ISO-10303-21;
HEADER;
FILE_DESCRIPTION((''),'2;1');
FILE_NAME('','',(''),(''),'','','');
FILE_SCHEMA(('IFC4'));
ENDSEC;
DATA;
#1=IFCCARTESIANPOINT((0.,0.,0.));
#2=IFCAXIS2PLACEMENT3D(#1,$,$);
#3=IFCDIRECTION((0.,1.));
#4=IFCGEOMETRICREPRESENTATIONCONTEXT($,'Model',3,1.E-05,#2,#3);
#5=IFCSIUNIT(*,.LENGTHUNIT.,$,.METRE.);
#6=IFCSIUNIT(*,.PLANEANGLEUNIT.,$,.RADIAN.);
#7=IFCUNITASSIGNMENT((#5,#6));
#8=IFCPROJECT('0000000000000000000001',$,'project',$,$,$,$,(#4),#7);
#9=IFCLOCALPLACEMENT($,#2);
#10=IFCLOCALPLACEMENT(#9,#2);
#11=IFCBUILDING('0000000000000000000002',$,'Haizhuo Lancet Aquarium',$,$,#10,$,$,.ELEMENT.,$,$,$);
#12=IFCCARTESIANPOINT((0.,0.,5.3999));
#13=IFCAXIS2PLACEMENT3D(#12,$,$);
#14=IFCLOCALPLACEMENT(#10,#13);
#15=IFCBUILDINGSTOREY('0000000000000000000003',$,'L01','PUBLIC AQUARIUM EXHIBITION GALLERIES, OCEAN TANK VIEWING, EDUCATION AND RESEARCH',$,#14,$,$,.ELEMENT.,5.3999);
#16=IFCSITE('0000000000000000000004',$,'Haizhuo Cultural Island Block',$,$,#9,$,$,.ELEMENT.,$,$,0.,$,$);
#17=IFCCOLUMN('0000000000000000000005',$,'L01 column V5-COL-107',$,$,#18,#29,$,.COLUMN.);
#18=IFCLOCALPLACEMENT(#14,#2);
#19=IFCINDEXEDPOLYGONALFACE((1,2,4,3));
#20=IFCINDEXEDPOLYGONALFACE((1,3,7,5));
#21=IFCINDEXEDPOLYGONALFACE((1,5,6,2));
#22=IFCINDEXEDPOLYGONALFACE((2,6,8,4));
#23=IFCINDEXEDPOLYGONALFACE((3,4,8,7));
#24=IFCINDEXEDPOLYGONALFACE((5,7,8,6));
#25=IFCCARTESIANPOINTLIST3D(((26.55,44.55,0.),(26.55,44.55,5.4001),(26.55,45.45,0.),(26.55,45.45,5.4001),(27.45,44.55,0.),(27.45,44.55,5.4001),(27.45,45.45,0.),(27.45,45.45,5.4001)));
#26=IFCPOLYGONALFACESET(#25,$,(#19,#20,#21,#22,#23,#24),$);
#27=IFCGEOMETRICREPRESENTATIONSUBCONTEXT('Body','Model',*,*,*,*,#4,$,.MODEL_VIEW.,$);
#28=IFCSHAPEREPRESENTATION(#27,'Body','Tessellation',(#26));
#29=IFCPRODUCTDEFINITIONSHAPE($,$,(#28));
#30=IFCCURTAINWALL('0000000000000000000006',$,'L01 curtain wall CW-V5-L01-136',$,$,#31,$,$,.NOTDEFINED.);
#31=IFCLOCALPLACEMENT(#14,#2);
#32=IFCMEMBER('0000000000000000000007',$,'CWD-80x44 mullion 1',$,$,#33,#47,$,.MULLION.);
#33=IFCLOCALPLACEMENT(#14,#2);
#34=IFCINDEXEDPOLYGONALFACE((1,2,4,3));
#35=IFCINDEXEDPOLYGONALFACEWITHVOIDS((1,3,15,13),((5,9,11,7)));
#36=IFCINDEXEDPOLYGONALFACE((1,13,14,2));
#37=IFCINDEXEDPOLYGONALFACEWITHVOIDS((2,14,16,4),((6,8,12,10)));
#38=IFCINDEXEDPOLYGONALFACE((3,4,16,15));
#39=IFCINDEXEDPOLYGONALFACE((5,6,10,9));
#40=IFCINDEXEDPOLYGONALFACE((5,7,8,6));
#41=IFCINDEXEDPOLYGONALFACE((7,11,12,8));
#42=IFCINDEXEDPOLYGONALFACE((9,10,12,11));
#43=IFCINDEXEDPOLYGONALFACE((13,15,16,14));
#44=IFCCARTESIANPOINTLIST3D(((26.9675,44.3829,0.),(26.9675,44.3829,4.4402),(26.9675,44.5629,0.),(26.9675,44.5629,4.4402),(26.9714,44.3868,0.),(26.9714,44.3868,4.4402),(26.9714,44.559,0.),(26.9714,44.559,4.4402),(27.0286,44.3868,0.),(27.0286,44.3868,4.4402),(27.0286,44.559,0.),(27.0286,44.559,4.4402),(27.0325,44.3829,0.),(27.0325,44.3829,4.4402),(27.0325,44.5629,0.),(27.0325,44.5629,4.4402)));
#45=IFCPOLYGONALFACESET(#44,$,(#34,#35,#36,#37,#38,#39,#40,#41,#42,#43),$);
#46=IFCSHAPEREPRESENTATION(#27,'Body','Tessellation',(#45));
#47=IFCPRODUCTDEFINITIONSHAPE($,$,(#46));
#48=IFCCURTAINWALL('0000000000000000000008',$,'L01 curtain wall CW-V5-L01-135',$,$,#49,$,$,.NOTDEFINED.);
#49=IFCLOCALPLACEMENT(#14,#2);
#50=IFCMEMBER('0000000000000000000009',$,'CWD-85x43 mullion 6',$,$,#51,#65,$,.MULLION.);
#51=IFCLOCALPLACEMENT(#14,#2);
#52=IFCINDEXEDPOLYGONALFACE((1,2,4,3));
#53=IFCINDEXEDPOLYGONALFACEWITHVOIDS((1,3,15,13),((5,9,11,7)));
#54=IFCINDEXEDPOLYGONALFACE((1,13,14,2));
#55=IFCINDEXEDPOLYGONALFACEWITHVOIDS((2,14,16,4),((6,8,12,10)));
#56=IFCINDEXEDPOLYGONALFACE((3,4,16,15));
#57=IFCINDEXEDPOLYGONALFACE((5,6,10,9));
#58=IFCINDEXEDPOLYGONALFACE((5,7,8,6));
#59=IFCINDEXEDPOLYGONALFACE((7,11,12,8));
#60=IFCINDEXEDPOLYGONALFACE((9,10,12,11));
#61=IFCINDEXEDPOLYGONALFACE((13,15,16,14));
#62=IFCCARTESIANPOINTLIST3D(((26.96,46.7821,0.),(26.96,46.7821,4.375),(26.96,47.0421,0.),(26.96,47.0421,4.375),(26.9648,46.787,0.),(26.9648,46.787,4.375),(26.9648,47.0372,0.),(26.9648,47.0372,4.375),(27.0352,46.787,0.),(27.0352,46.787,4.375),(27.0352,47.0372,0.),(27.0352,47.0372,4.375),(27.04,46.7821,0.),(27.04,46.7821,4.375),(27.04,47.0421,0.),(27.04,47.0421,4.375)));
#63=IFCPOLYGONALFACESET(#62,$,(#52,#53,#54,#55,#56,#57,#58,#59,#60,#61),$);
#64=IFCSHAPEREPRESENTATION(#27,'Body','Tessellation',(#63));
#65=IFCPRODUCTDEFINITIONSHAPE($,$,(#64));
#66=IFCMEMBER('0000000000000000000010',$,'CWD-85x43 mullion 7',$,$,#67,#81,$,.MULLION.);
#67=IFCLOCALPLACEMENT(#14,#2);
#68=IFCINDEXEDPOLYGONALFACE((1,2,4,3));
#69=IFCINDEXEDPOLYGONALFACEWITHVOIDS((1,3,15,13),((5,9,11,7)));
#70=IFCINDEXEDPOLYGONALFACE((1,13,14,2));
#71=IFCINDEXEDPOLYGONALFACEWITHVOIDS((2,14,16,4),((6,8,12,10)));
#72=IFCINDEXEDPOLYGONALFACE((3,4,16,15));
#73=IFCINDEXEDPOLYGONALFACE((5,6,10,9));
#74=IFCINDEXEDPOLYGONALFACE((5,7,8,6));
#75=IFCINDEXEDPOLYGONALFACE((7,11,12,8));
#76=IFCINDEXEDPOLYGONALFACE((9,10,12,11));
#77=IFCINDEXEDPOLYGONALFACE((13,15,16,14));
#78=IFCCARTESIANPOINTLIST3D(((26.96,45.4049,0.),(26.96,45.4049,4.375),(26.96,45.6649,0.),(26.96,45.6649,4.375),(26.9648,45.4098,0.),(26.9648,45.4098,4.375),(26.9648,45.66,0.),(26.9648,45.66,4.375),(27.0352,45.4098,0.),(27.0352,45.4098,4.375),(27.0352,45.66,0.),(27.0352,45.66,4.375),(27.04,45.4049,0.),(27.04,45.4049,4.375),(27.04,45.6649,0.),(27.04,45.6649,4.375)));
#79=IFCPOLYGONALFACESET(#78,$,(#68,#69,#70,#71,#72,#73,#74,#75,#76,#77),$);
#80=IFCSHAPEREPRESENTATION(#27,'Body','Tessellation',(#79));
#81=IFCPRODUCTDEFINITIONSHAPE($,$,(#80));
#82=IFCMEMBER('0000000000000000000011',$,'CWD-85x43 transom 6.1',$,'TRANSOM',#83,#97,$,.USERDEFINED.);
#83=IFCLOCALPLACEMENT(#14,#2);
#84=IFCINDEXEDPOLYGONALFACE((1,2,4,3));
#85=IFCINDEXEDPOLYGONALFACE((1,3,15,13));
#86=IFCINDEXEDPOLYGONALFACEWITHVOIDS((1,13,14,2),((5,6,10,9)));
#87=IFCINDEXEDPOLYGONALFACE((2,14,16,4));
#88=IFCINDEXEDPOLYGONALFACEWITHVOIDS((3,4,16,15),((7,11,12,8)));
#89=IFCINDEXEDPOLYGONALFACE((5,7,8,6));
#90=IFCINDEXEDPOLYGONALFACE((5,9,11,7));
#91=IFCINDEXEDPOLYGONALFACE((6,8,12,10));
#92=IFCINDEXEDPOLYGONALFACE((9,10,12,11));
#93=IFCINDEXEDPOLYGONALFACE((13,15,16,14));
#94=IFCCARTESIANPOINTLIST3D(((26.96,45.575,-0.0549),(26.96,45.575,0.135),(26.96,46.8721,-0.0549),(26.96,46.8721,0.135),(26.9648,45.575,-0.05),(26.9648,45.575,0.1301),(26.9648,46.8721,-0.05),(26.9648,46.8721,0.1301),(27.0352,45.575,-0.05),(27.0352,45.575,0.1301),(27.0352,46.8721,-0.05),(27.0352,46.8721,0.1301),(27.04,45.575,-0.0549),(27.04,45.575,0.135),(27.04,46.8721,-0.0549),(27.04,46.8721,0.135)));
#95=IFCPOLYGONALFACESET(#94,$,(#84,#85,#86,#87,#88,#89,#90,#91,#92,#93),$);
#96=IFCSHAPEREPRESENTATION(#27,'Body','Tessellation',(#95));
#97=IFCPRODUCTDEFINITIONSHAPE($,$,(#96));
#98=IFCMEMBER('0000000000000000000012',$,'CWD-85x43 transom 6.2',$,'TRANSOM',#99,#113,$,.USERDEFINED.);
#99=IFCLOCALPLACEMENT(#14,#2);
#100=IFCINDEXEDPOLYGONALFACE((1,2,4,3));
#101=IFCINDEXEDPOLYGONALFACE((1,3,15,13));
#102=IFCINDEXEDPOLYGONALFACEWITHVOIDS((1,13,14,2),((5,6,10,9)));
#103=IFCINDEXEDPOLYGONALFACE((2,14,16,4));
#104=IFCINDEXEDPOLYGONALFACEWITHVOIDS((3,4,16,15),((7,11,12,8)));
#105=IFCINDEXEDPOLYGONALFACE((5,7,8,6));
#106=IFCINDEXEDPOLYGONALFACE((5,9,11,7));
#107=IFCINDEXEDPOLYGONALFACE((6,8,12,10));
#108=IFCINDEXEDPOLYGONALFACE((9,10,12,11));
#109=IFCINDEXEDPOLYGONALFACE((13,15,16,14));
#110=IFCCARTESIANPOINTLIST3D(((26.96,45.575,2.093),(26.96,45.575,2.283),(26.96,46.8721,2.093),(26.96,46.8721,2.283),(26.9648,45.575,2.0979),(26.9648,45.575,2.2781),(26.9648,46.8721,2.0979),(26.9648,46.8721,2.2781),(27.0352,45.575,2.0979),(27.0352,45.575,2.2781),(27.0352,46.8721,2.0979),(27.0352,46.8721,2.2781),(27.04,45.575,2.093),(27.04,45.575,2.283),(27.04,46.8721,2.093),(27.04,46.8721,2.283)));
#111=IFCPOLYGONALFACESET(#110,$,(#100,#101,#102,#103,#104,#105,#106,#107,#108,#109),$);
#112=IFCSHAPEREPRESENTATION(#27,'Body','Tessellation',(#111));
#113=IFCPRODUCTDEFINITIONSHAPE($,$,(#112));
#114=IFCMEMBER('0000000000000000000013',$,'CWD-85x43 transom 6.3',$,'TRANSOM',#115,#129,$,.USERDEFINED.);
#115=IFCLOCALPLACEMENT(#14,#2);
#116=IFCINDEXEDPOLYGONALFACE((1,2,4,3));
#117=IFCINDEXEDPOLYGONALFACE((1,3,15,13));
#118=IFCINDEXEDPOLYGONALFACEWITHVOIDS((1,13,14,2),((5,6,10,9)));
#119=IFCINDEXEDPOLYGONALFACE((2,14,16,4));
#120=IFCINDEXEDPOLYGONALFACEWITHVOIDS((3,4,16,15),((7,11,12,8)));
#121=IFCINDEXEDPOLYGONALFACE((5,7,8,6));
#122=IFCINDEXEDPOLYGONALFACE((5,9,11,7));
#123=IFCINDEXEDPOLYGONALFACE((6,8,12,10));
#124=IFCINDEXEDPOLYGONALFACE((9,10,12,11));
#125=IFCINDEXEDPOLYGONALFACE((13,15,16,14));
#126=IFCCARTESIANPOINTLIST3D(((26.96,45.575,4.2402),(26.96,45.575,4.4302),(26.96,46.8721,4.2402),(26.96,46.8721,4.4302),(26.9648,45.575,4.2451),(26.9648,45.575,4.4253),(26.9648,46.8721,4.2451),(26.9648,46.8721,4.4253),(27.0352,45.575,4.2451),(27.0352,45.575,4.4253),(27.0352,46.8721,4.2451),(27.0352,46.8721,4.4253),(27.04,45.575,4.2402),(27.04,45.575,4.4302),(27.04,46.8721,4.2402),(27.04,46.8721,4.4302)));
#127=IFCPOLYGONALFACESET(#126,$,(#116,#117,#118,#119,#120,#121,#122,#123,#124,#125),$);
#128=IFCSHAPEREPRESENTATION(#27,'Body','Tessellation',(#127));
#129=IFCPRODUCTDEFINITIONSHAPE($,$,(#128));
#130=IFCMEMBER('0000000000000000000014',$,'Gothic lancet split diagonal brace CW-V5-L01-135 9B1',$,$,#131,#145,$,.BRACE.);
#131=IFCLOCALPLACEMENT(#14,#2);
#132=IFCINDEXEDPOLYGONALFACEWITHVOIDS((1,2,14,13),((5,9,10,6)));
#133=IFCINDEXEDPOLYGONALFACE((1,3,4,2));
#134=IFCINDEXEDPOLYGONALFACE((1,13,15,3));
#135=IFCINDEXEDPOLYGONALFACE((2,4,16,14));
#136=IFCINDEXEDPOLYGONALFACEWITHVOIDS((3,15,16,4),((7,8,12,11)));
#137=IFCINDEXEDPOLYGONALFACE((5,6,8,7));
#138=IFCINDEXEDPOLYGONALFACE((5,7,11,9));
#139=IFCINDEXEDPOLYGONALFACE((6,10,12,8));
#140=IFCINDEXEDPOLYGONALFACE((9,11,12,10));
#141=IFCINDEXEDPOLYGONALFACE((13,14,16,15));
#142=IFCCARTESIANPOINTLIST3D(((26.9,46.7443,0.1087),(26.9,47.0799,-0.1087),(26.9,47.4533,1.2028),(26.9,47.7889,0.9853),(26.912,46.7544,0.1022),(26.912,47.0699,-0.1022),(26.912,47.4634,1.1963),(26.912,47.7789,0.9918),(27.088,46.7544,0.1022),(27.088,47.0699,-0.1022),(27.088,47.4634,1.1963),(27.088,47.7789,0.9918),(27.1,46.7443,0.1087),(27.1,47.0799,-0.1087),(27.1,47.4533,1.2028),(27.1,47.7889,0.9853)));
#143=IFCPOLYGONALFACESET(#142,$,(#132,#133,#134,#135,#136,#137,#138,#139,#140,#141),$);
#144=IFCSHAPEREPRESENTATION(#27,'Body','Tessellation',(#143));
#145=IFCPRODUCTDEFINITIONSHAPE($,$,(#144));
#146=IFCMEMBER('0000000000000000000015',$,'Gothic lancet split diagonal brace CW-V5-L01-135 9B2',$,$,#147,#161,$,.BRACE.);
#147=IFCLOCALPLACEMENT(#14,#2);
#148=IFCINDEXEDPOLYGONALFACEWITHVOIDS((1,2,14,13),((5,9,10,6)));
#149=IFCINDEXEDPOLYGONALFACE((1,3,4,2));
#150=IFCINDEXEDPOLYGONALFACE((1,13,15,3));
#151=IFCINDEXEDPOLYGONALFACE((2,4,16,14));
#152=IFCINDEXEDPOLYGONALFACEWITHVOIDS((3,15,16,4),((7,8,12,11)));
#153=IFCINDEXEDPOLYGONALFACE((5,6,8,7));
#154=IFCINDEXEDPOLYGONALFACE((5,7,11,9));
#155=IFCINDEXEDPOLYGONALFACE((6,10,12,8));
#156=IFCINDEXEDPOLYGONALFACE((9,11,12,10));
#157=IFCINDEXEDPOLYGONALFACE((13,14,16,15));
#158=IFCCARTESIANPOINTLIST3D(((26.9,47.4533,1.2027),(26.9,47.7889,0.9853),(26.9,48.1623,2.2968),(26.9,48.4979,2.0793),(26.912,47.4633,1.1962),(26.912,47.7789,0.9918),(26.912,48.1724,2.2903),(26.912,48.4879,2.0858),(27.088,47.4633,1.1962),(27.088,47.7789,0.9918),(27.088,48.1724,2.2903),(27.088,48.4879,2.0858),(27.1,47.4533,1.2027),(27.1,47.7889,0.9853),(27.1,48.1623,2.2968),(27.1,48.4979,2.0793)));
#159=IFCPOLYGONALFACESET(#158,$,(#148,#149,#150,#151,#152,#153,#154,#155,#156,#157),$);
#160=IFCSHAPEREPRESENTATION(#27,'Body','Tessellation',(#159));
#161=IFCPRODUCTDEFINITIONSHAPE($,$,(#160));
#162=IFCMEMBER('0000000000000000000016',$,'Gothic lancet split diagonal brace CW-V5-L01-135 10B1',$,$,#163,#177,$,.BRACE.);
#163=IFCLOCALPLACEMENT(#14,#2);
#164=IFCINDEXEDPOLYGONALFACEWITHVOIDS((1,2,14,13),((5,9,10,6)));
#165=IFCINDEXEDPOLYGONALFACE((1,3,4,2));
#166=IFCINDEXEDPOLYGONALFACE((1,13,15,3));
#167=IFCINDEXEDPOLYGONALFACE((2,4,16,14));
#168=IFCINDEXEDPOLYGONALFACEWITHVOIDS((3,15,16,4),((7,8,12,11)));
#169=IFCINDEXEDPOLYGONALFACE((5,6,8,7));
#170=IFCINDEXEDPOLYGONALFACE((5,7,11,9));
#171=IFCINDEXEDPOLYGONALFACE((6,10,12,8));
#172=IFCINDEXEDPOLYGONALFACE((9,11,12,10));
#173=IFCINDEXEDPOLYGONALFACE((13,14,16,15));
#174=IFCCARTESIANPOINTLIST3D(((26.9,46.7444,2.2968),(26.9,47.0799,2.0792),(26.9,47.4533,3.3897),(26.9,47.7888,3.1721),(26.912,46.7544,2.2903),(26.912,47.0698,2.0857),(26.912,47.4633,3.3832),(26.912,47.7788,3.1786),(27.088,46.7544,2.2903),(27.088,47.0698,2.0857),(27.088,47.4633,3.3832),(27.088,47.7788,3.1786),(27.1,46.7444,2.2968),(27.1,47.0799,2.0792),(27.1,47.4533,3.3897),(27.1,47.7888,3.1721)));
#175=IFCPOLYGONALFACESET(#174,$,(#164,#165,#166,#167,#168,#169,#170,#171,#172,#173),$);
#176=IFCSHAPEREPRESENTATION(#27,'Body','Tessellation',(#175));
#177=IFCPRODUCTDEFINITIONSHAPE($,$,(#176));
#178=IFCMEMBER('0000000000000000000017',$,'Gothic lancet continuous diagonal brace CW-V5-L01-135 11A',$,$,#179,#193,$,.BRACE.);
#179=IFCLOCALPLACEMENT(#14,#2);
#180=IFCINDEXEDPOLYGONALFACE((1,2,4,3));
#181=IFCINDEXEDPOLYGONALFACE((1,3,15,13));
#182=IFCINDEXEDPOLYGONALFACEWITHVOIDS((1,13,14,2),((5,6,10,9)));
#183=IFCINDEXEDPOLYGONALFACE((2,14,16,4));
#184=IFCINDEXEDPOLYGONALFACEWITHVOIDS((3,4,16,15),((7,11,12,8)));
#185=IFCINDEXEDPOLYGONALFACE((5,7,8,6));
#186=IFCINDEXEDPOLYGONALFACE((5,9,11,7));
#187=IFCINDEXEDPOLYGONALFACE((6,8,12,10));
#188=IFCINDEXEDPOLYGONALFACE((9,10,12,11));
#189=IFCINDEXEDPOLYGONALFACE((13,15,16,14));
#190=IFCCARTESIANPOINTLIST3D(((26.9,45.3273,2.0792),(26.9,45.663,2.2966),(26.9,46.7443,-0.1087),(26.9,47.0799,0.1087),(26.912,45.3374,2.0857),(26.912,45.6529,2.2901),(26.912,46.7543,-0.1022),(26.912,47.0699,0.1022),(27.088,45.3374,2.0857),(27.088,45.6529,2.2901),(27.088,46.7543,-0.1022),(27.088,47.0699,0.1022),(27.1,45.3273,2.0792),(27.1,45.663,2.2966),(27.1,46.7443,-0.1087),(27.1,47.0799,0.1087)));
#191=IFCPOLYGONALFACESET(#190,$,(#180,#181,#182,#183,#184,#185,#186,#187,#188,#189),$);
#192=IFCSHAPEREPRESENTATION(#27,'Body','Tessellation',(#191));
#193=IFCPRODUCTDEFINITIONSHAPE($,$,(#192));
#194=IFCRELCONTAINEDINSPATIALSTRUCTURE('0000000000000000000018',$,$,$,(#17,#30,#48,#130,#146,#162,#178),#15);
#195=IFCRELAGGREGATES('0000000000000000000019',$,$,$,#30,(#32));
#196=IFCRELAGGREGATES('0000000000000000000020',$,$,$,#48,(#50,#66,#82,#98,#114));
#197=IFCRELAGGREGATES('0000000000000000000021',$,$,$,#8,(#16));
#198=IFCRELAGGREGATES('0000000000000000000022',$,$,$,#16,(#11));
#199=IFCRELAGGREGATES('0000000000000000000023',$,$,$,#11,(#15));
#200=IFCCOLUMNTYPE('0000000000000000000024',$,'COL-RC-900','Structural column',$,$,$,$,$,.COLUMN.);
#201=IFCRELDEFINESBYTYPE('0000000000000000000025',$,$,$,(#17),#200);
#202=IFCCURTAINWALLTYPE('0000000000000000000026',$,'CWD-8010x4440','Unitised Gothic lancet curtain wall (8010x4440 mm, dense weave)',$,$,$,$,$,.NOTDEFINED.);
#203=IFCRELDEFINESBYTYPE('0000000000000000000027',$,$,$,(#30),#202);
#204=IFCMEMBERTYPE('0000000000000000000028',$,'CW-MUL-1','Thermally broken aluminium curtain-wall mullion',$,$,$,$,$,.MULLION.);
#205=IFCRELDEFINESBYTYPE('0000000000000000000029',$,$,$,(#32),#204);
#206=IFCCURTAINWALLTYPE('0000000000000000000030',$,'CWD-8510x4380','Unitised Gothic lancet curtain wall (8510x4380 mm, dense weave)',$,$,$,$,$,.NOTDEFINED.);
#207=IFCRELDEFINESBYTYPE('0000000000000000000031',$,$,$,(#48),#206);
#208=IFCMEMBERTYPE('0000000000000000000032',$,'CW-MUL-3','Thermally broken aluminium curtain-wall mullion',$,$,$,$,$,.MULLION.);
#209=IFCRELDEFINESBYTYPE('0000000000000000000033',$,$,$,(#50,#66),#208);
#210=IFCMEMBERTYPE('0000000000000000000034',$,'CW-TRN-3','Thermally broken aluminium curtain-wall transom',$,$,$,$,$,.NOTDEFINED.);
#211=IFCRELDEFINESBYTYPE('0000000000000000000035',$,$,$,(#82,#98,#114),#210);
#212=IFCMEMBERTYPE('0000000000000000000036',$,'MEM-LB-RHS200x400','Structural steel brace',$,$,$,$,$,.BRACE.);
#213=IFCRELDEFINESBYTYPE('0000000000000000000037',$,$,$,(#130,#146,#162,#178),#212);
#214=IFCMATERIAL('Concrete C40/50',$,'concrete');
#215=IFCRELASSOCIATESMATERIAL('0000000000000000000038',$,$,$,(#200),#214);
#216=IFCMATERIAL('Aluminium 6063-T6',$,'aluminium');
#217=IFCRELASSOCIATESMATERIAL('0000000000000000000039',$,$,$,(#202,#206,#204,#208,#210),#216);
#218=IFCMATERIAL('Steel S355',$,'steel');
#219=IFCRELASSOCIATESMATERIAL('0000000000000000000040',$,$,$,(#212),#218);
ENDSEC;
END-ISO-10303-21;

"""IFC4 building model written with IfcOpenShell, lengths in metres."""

from ifc_helpers import new_model, si_unit, direction, frame, origin, origin_2d, place, context, subcontext, project, spatial, rectangle, hollow_rectangle, extrude, material, material_profile, profile_set, type_object, element, aggregate, save


model = new_model("IFC4")

# Units and contexts
model_context = context("Model", 3, precision=1e-05, world=origin(), true_north=direction((0.0, 1.0)))
body_context = subcontext(model_context, "Body", "Model", "MODEL_VIEW")
ifc_project = project(units=[si_unit("LENGTHUNIT", "METRE"), si_unit("PLANEANGLEUNIT", "RADIAN")], contexts=[model_context])

# Site, building, storey
site_placement = place(None, origin())
site = spatial("IfcSite", under=ifc_project, at=site_placement, Name="Haizhuo Cultural Island Block", CompositionType="ELEMENT", RefElevation=0.0)
building_placement = place(site_placement, origin())
building = spatial("IfcBuilding", under=site, at=building_placement, Name="Haizhuo Lancet Aquarium", CompositionType="ELEMENT")
storey_placement = place(building_placement, frame((0.0, 0.0, 5.3999)))
storey = spatial("IfcBuildingStorey", under=building, at=storey_placement, Name="L01", Description="PUBLIC AQUARIUM EXHIBITION GALLERIES, OCEAN TANK VIEWING, EDUCATION AND RESEARCH", CompositionType="ELEMENT", Elevation=5.3999)

# Column
ifc_material_1 = material(Name="Concrete C40/50", Category="concrete")
ifc_material_profile_1 = material_profile(ifc_material_1, rectangle(XDim=0.8999, YDim=0.8999, at=origin_2d()), Name="RC-COL 900x900")
ifc_profile_set_1 = profile_set([ifc_material_profile_1], Name="Concrete C40/50")
column_type = type_object("IfcColumnType", Name="COL-RC-900", Description="Structural column", PredefinedType="COLUMN", material=ifc_profile_set_1)
column_placement = place(storey_placement, frame((27.0, 45.0, 0.0), z_axis=(0.0, 0.0, 1.0), x_axis=(1.0, 0.0, 0.0)))
element("IfcColumn", 1, at=column_placement, inside=storey, type_object=column_type, Name="L01 column V5-COL-107", PredefinedType="COLUMN", context=body_context, shape_type="SweptSolid", body=[
    extrude(rectangle(XDim=0.8999, YDim=0.8999, at=origin_2d()), origin(), (0.0, 0.0, 1.0), 5.4001),
])

# Curtain wall, member
ifc_material_2 = material(Name="Aluminium 6063-T6", Category="aluminium")
curtain_wall_type_1 = type_object("IfcCurtainWallType", Name="CWD-8010x4440", Description="Unitised Gothic lancet curtain wall (8010x4440 mm, dense weave)", PredefinedType="NOTDEFINED", material=ifc_material_2)
curtain_wall_1_placement = place(storey_placement, origin())
curtain_wall_1 = element("IfcCurtainWall", 2, at=curtain_wall_1_placement, inside=storey, type_object=curtain_wall_type_1, Name="L01 curtain wall CW-V5-L01-136", PredefinedType="NOTDEFINED")
ifc_material_profile_2 = material_profile(ifc_material_2, hollow_rectangle(XDim=0.0649, YDim=0.1799, WallThickness=0.0039, at=origin_2d()), Name="ALU-M 65x180x4")
ifc_profile_set_2 = profile_set([ifc_material_profile_2], Name="Aluminium 6063-T6")
member_type_1 = type_object("IfcMemberType", Name="CW-MUL-1", Description="Thermally broken aluminium curtain-wall mullion", PredefinedType="MULLION", material=ifc_profile_set_2)
member_1_placement = place(storey_placement, frame((27.0, 44.4729, 0.0), z_axis=(0.0, 0.0, 1.0), x_axis=(1.0, 0.0, 0.0)))
member_1 = element("IfcMember", 3, at=member_1_placement, type_object=member_type_1, Name="CWD-80x44 mullion 1", PredefinedType="MULLION", context=body_context, shape_type="SweptSolid", body=[
    extrude(hollow_rectangle(XDim=0.0649, YDim=0.1799, WallThickness=0.0039, at=origin_2d()), origin(), (0.0, 0.0, 1.0), 4.4402),
])
aggregate(curtain_wall_1, [member_1])

# Curtain wall, members
curtain_wall_type_2 = type_object("IfcCurtainWallType", Name="CWD-8510x4380", Description="Unitised Gothic lancet curtain wall (8510x4380 mm, dense weave)", PredefinedType="NOTDEFINED", material=ifc_material_2)
curtain_wall_2_placement = place(storey_placement, origin())
curtain_wall_2 = element("IfcCurtainWall", 4, at=curtain_wall_2_placement, inside=storey, type_object=curtain_wall_type_2, Name="L01 curtain wall CW-V5-L01-135", PredefinedType="NOTDEFINED")
ifc_material_profile_3 = material_profile(ifc_material_2, hollow_rectangle(XDim=0.0801, YDim=0.26, WallThickness=0.0049, at=origin_2d()), Name="ALU-M 80x260x5")
ifc_profile_set_3 = profile_set([ifc_material_profile_3], Name="Aluminium 6063-T6")
member_type_2 = type_object("IfcMemberType", Name="CW-MUL-3", Description="Thermally broken aluminium curtain-wall mullion", PredefinedType="MULLION", material=ifc_profile_set_3)
member_2_placement = place(storey_placement, frame((27.0, 46.9121, 0.0), z_axis=(0.0, 0.0, 1.0), x_axis=(1.0, 0.0, 0.0)))
member_2 = element("IfcMember", 5, at=member_2_placement, type_object=member_type_2, Name="CWD-85x43 mullion 6", PredefinedType="MULLION", context=body_context, shape_type="SweptSolid", body=[
    extrude(hollow_rectangle(XDim=0.0801, YDim=0.26, WallThickness=0.0049, at=origin_2d()), origin(), (0.0, 0.0, 1.0), 4.375),
])
member_3_placement = place(storey_placement, frame((27.0, 45.5349, 0.0), z_axis=(0.0, 0.0, 1.0), x_axis=(1.0, 0.0, 0.0)))
member_3 = element("IfcMember", 6, at=member_3_placement, type_object=member_type_2, Name="CWD-85x43 mullion 7", PredefinedType="MULLION", context=body_context, shape_type="SweptSolid", body=[
    extrude(hollow_rectangle(XDim=0.0801, YDim=0.26, WallThickness=0.0049, at=origin_2d()), origin(), (0.0, 0.0, 1.0), 4.375),
])
ifc_material_profile_4 = material_profile(ifc_material_2, hollow_rectangle(XDim=0.0801, YDim=0.1899, WallThickness=0.0049, at=origin_2d()), Name="ALU-T 80x190x5")
ifc_profile_set_4 = profile_set([ifc_material_profile_4], Name="Aluminium 6063-T6")
member_type_3 = type_object("IfcMemberType", Name="CW-TRN-3", Description="Thermally broken aluminium curtain-wall transom", PredefinedType="NOTDEFINED", material=ifc_profile_set_4)
member_4_placement = place(storey_placement, frame((27.0, 46.8721, 0.04), z_axis=(0.0, -1.0, 0.0), x_axis=(1.0, 0.0, 0.0)))
member_4 = element("IfcMember", 7, at=member_4_placement, type_object=member_type_3, Name="CWD-85x43 transom 6.1", ObjectType="TRANSOM", PredefinedType="USERDEFINED", context=body_context, shape_type="SweptSolid", body=[
    extrude(hollow_rectangle(XDim=0.0801, YDim=0.1899, WallThickness=0.0049, at=origin_2d()), origin(), (0.0, 0.0, 1.0), 1.2971),
])
member_5_placement = place(storey_placement, frame((27.0, 46.8721, 2.188), z_axis=(0.0, -1.0, 0.0), x_axis=(1.0, 0.0, 0.0)))
member_5 = element("IfcMember", 8, at=member_5_placement, type_object=member_type_3, Name="CWD-85x43 transom 6.2", ObjectType="TRANSOM", PredefinedType="USERDEFINED", context=body_context, shape_type="SweptSolid", body=[
    extrude(hollow_rectangle(XDim=0.0801, YDim=0.1899, WallThickness=0.0049, at=origin_2d()), origin(), (0.0, 0.0, 1.0), 1.2971),
])
member_6_placement = place(storey_placement, frame((27.0, 46.8721, 4.3352), z_axis=(0.0, -1.0, 0.0), x_axis=(1.0, 0.0, 0.0)))
member_6 = element("IfcMember", 9, at=member_6_placement, type_object=member_type_3, Name="CWD-85x43 transom 6.3", ObjectType="TRANSOM", PredefinedType="USERDEFINED", context=body_context, shape_type="SweptSolid", body=[
    extrude(hollow_rectangle(XDim=0.0801, YDim=0.1899, WallThickness=0.0049, at=origin_2d()), origin(), (0.0, 0.0, 1.0), 1.2971),
])

# Members
ifc_material_3 = material(Name="Steel S355", Category="steel")
ifc_material_profile_5 = material_profile(ifc_material_3, hollow_rectangle(XDim=0.2, YDim=0.3999, WallThickness=0.012, at=origin_2d()), Name="RHS 200x400x12")
ifc_profile_set_5 = profile_set([ifc_material_profile_5], Name="Steel S355")
member_type_4 = type_object("IfcMemberType", Name="MEM-LB-RHS200x400", Description="Structural steel brace", PredefinedType="BRACE", material=ifc_profile_set_5)
for number, where, z_axis, x_axis, name in (
    (10, (27.0, 46.9121, 0.0), (0.0, 0.543849, 0.839183), (-1.0, 0.0, 0.0), "Gothic lancet split diagonal brace CW-V5-L01-135 9B1"),
    (11, (27.0, 47.6211, 1.094), (0.0, 0.543849, 0.839183), (-1.0, 0.0, 0.0), "Gothic lancet split diagonal brace CW-V5-L01-135 9B2"),
):
    element("IfcMember", number, at=place(storey_placement, frame(where, z_axis=z_axis, x_axis=x_axis)), inside=storey, type_object=member_type_4, Name=name, PredefinedType="BRACE", context=body_context, shape_type="SweptSolid", body=[
        extrude(hollow_rectangle(XDim=0.2, YDim=0.3999, WallThickness=0.012, at=origin_2d()), origin(), (0.0, 0.0, 1.0), 1.3037),
    ])
member_7_placement = place(storey_placement, frame((27.0, 46.9121, 2.188), z_axis=(0.0, 0.544191, 0.838961), x_axis=(-1.0, 0.0, 0.0)))
element("IfcMember", 12, at=member_7_placement, inside=storey, type_object=member_type_4, Name="Gothic lancet split diagonal brace CW-V5-L01-135 10B1", PredefinedType="BRACE", context=body_context, shape_type="SweptSolid", body=[
    extrude(hollow_rectangle(XDim=0.2, YDim=0.3999, WallThickness=0.012, at=origin_2d()), origin(), (0.0, 0.0, 1.0), 1.3027),
])
member_8_placement = place(storey_placement, frame((27.0, 46.9121, 0.0), z_axis=(0.0, -0.543585, 0.839354), x_axis=(1.0, 0.0, 0.0)))
element("IfcMember", 13, at=member_8_placement, inside=storey, type_object=member_type_4, Name="Gothic lancet continuous diagonal brace CW-V5-L01-135 11A", PredefinedType="BRACE", context=body_context, shape_type="SweptSolid", body=[
    extrude(hollow_rectangle(XDim=0.2, YDim=0.3999, WallThickness=0.012, at=origin_2d()), origin(), (0.0, 0.0, 1.0), 2.6067),
])

aggregate(curtain_wall_2, [member_2, member_3, member_4, member_5, member_6])

save(model, "model.ifc")
